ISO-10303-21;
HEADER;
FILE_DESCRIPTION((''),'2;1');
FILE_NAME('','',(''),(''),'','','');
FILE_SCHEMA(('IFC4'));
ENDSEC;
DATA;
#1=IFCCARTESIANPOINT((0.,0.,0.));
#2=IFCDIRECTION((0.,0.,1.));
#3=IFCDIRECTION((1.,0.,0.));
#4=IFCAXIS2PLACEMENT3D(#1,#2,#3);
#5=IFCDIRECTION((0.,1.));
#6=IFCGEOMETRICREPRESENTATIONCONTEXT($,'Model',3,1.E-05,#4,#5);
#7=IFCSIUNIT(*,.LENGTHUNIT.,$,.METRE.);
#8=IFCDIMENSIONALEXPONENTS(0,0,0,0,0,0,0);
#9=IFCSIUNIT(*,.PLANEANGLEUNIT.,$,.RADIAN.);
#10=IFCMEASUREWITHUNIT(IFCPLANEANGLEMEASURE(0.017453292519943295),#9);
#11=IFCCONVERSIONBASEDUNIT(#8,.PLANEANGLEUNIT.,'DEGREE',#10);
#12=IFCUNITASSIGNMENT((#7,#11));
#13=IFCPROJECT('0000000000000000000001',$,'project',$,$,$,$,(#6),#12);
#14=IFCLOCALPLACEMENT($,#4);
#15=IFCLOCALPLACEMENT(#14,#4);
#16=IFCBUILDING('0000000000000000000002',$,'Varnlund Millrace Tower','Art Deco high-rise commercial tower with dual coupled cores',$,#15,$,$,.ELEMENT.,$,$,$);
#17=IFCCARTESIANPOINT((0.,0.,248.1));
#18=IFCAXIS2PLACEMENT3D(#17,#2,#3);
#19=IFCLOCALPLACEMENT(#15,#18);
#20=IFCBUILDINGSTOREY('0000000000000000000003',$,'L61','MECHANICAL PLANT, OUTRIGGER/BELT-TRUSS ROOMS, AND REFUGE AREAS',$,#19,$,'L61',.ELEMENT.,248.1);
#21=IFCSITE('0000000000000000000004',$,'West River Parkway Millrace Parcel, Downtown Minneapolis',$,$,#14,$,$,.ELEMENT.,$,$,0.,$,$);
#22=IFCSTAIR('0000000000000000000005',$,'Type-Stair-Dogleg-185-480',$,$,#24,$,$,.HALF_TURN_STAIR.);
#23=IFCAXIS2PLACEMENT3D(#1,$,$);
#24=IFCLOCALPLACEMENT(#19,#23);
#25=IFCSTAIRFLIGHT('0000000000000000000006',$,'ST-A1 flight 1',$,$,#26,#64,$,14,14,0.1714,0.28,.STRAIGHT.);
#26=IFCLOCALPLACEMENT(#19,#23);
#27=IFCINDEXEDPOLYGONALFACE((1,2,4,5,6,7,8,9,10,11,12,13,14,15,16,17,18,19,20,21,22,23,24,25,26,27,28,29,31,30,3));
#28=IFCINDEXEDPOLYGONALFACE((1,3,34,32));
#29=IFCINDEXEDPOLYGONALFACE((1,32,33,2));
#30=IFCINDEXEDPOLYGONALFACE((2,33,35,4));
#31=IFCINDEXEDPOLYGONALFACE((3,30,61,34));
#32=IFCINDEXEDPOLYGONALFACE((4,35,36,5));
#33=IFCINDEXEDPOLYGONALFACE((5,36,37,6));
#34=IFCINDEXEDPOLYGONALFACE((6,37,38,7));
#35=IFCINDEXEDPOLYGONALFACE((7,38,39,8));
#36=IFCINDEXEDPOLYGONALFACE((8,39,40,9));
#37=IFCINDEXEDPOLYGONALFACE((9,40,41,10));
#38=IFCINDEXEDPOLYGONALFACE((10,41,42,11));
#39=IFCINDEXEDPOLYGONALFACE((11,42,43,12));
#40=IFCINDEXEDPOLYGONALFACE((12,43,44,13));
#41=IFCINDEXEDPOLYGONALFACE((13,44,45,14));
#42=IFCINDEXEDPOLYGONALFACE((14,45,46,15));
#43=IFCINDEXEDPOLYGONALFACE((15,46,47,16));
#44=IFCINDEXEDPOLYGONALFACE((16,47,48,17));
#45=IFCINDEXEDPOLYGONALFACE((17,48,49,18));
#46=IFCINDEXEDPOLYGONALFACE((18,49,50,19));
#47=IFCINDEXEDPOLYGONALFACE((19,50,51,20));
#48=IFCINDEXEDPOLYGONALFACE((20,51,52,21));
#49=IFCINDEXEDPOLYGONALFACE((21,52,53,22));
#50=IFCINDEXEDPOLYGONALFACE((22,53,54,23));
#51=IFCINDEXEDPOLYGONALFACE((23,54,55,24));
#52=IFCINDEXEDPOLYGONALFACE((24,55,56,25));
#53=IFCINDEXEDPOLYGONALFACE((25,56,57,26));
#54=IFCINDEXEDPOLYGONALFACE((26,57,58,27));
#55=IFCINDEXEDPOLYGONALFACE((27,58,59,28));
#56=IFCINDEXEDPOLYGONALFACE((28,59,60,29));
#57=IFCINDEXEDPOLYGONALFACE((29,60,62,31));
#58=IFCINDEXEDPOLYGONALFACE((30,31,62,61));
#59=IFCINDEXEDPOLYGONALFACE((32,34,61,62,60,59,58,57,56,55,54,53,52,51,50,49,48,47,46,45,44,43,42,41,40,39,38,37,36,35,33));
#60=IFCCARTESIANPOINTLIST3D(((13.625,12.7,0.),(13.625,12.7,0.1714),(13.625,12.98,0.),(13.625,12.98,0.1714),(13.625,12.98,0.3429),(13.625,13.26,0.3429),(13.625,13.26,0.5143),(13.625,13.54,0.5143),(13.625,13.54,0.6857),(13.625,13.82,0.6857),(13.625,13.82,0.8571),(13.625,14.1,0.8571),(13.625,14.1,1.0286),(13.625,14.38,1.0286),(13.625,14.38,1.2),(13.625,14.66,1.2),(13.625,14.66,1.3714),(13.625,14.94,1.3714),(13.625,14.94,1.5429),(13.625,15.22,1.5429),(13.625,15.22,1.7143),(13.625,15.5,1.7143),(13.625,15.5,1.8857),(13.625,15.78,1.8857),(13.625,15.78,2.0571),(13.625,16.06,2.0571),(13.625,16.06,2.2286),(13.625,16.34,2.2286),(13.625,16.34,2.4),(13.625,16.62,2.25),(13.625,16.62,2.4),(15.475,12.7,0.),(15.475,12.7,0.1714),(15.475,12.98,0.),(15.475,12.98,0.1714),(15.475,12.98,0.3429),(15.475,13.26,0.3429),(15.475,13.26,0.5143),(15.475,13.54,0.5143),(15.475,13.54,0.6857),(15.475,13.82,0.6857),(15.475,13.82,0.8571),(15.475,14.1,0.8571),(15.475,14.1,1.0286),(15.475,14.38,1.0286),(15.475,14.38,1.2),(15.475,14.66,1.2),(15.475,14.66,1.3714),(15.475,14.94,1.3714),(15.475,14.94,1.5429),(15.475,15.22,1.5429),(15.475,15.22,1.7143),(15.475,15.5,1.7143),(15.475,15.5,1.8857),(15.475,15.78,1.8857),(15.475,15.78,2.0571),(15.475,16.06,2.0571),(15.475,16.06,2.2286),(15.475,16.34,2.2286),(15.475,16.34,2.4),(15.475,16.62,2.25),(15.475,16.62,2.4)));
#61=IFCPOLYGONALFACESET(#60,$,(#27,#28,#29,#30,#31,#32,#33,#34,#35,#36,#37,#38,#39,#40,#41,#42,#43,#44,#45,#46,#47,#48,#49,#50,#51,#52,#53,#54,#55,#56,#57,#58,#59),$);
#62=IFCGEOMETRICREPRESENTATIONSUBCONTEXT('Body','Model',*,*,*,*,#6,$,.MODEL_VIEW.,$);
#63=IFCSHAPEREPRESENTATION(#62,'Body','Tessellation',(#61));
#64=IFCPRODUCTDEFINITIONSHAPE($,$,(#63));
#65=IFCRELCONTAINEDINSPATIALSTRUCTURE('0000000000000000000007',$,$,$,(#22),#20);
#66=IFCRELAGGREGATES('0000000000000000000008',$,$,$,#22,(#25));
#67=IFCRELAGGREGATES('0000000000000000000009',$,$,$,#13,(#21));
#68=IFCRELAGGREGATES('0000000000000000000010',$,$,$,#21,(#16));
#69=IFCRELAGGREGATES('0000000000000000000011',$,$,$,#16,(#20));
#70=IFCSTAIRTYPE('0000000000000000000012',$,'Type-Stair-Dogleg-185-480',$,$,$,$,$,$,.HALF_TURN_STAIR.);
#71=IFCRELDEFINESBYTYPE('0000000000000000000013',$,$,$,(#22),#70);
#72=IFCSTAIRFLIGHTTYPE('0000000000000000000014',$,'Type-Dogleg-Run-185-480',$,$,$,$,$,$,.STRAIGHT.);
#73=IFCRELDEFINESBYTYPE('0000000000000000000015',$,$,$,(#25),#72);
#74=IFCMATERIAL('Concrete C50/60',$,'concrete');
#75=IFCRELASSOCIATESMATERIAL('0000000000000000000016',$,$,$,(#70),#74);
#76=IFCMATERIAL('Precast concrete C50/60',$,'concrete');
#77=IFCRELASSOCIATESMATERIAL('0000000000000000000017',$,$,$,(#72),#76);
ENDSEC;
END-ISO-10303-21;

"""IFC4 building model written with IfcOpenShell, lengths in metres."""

from ifc_helpers import new_model, entity, si_unit, converted_unit, direction, frame, origin_with_axes, place, context, subcontext, project, spatial, polyline, outline, extrude, material, type_object, element, aggregate, save


model = new_model("IFC4")

# Units and contexts
model_context = context("Model", 3, precision=1e-05, world=origin_with_axes(), true_north=direction((0.0, 1.0)))
body_context = subcontext(model_context, "Body", "Model", "MODEL_VIEW")
ifc_project = project(units=[si_unit("LENGTHUNIT", "METRE"), converted_unit("PLANEANGLEUNIT", "DEGREE", entity("IfcPlaneAngleMeasure", 0.017453292519943295), si_unit("PLANEANGLEUNIT", "RADIAN"), dimensions=[0, 0, 0, 0, 0, 0, 0])], contexts=[model_context])

# Site, building, storey
site_placement = place(None, origin_with_axes())
site = spatial("IfcSite", under=ifc_project, at=site_placement, Name="West River Parkway Millrace Parcel, Downtown Minneapolis", CompositionType="ELEMENT", RefElevation=0.0)
building_placement = place(site_placement, origin_with_axes())
building = spatial("IfcBuilding", under=site, at=building_placement, Name="Varnlund Millrace Tower", Description="Art Deco high-rise commercial tower with dual coupled cores", CompositionType="ELEMENT")
storey_placement = place(building_placement, frame((0.0, 0.0, 248.1), z_axis=(0.0, 0.0, 1.0), x_axis=(1.0, 0.0, 0.0)))
storey = spatial("IfcBuildingStorey", under=building, at=storey_placement, Name="L61", Description="MECHANICAL PLANT, OUTRIGGER/BELT-TRUSS ROOMS, AND REFUGE AREAS", LongName="L61", CompositionType="ELEMENT", Elevation=248.1)

# Stair, stair flight
ifc_material_1 = material(Name="Concrete C50/60", Category="concrete")
stair_type = type_object("IfcStairType", Name="Type-Stair-Dogleg-185-480", PredefinedType="HALF_TURN_STAIR", material=ifc_material_1)
stair_placement = place(storey_placement, origin_with_axes())
stair = element("IfcStair", 1, at=stair_placement, inside=storey, type_object=stair_type, Name="Type-Stair-Dogleg-185-480", PredefinedType="HALF_TURN_STAIR")
ifc_material_2 = material(Name="Precast concrete C50/60", Category="concrete")
stair_flight_type = type_object("IfcStairFlightType", Name="Type-Dogleg-Run-185-480", PredefinedType="STRAIGHT", material=ifc_material_2)
stair_flight_placement = place(storey_placement, frame((13.625, 12.7, 0.0), z_axis=(1.0, 0.0, 0.0), x_axis=(0.0, 1.0, 0.0)))
stair_flight = element("IfcStairFlight", 2, at=stair_flight_placement, type_object=stair_flight_type, Name="ST-A1 flight 1", NumberOfRisers=14, NumberOfTreads=14, PredefinedType="STRAIGHT", RiserHeight=0.1714, TreadLength=0.28, context=body_context, shape_type="SweptSolid", body=[
    extrude(outline(polyline([(0.0, 0.0), (0.0, 0.1714), (0.28, 0.1714), (0.28, 0.3429), (0.56, 0.3429), (0.56, 0.5143), (0.84, 0.5143), (0.84, 0.6857), (1.12, 0.6857), (1.12, 0.8571), (1.4, 0.8571), (1.4, 1.0286), (1.68, 1.0286), (1.68, 1.2), (1.96, 1.2), (1.96, 1.3714), (2.24, 1.3714), (2.24, 1.5429), (2.52, 1.5429), (2.52, 1.7143), (2.8, 1.7143), (2.8, 1.8857), (3.08, 1.8857), (3.08, 2.0571), (3.36, 2.0571), (3.36, 2.2286), (3.64, 2.2286), (3.64, 2.4), (3.92, 2.4), (3.92, 2.25), (0.28, 0.0), (0.0, 0.0)])), origin_with_axes(), (0.0, 0.0, 1.0), 1.85),
])
aggregate(stair, [stair_flight])

save(model, "model.ifc")
